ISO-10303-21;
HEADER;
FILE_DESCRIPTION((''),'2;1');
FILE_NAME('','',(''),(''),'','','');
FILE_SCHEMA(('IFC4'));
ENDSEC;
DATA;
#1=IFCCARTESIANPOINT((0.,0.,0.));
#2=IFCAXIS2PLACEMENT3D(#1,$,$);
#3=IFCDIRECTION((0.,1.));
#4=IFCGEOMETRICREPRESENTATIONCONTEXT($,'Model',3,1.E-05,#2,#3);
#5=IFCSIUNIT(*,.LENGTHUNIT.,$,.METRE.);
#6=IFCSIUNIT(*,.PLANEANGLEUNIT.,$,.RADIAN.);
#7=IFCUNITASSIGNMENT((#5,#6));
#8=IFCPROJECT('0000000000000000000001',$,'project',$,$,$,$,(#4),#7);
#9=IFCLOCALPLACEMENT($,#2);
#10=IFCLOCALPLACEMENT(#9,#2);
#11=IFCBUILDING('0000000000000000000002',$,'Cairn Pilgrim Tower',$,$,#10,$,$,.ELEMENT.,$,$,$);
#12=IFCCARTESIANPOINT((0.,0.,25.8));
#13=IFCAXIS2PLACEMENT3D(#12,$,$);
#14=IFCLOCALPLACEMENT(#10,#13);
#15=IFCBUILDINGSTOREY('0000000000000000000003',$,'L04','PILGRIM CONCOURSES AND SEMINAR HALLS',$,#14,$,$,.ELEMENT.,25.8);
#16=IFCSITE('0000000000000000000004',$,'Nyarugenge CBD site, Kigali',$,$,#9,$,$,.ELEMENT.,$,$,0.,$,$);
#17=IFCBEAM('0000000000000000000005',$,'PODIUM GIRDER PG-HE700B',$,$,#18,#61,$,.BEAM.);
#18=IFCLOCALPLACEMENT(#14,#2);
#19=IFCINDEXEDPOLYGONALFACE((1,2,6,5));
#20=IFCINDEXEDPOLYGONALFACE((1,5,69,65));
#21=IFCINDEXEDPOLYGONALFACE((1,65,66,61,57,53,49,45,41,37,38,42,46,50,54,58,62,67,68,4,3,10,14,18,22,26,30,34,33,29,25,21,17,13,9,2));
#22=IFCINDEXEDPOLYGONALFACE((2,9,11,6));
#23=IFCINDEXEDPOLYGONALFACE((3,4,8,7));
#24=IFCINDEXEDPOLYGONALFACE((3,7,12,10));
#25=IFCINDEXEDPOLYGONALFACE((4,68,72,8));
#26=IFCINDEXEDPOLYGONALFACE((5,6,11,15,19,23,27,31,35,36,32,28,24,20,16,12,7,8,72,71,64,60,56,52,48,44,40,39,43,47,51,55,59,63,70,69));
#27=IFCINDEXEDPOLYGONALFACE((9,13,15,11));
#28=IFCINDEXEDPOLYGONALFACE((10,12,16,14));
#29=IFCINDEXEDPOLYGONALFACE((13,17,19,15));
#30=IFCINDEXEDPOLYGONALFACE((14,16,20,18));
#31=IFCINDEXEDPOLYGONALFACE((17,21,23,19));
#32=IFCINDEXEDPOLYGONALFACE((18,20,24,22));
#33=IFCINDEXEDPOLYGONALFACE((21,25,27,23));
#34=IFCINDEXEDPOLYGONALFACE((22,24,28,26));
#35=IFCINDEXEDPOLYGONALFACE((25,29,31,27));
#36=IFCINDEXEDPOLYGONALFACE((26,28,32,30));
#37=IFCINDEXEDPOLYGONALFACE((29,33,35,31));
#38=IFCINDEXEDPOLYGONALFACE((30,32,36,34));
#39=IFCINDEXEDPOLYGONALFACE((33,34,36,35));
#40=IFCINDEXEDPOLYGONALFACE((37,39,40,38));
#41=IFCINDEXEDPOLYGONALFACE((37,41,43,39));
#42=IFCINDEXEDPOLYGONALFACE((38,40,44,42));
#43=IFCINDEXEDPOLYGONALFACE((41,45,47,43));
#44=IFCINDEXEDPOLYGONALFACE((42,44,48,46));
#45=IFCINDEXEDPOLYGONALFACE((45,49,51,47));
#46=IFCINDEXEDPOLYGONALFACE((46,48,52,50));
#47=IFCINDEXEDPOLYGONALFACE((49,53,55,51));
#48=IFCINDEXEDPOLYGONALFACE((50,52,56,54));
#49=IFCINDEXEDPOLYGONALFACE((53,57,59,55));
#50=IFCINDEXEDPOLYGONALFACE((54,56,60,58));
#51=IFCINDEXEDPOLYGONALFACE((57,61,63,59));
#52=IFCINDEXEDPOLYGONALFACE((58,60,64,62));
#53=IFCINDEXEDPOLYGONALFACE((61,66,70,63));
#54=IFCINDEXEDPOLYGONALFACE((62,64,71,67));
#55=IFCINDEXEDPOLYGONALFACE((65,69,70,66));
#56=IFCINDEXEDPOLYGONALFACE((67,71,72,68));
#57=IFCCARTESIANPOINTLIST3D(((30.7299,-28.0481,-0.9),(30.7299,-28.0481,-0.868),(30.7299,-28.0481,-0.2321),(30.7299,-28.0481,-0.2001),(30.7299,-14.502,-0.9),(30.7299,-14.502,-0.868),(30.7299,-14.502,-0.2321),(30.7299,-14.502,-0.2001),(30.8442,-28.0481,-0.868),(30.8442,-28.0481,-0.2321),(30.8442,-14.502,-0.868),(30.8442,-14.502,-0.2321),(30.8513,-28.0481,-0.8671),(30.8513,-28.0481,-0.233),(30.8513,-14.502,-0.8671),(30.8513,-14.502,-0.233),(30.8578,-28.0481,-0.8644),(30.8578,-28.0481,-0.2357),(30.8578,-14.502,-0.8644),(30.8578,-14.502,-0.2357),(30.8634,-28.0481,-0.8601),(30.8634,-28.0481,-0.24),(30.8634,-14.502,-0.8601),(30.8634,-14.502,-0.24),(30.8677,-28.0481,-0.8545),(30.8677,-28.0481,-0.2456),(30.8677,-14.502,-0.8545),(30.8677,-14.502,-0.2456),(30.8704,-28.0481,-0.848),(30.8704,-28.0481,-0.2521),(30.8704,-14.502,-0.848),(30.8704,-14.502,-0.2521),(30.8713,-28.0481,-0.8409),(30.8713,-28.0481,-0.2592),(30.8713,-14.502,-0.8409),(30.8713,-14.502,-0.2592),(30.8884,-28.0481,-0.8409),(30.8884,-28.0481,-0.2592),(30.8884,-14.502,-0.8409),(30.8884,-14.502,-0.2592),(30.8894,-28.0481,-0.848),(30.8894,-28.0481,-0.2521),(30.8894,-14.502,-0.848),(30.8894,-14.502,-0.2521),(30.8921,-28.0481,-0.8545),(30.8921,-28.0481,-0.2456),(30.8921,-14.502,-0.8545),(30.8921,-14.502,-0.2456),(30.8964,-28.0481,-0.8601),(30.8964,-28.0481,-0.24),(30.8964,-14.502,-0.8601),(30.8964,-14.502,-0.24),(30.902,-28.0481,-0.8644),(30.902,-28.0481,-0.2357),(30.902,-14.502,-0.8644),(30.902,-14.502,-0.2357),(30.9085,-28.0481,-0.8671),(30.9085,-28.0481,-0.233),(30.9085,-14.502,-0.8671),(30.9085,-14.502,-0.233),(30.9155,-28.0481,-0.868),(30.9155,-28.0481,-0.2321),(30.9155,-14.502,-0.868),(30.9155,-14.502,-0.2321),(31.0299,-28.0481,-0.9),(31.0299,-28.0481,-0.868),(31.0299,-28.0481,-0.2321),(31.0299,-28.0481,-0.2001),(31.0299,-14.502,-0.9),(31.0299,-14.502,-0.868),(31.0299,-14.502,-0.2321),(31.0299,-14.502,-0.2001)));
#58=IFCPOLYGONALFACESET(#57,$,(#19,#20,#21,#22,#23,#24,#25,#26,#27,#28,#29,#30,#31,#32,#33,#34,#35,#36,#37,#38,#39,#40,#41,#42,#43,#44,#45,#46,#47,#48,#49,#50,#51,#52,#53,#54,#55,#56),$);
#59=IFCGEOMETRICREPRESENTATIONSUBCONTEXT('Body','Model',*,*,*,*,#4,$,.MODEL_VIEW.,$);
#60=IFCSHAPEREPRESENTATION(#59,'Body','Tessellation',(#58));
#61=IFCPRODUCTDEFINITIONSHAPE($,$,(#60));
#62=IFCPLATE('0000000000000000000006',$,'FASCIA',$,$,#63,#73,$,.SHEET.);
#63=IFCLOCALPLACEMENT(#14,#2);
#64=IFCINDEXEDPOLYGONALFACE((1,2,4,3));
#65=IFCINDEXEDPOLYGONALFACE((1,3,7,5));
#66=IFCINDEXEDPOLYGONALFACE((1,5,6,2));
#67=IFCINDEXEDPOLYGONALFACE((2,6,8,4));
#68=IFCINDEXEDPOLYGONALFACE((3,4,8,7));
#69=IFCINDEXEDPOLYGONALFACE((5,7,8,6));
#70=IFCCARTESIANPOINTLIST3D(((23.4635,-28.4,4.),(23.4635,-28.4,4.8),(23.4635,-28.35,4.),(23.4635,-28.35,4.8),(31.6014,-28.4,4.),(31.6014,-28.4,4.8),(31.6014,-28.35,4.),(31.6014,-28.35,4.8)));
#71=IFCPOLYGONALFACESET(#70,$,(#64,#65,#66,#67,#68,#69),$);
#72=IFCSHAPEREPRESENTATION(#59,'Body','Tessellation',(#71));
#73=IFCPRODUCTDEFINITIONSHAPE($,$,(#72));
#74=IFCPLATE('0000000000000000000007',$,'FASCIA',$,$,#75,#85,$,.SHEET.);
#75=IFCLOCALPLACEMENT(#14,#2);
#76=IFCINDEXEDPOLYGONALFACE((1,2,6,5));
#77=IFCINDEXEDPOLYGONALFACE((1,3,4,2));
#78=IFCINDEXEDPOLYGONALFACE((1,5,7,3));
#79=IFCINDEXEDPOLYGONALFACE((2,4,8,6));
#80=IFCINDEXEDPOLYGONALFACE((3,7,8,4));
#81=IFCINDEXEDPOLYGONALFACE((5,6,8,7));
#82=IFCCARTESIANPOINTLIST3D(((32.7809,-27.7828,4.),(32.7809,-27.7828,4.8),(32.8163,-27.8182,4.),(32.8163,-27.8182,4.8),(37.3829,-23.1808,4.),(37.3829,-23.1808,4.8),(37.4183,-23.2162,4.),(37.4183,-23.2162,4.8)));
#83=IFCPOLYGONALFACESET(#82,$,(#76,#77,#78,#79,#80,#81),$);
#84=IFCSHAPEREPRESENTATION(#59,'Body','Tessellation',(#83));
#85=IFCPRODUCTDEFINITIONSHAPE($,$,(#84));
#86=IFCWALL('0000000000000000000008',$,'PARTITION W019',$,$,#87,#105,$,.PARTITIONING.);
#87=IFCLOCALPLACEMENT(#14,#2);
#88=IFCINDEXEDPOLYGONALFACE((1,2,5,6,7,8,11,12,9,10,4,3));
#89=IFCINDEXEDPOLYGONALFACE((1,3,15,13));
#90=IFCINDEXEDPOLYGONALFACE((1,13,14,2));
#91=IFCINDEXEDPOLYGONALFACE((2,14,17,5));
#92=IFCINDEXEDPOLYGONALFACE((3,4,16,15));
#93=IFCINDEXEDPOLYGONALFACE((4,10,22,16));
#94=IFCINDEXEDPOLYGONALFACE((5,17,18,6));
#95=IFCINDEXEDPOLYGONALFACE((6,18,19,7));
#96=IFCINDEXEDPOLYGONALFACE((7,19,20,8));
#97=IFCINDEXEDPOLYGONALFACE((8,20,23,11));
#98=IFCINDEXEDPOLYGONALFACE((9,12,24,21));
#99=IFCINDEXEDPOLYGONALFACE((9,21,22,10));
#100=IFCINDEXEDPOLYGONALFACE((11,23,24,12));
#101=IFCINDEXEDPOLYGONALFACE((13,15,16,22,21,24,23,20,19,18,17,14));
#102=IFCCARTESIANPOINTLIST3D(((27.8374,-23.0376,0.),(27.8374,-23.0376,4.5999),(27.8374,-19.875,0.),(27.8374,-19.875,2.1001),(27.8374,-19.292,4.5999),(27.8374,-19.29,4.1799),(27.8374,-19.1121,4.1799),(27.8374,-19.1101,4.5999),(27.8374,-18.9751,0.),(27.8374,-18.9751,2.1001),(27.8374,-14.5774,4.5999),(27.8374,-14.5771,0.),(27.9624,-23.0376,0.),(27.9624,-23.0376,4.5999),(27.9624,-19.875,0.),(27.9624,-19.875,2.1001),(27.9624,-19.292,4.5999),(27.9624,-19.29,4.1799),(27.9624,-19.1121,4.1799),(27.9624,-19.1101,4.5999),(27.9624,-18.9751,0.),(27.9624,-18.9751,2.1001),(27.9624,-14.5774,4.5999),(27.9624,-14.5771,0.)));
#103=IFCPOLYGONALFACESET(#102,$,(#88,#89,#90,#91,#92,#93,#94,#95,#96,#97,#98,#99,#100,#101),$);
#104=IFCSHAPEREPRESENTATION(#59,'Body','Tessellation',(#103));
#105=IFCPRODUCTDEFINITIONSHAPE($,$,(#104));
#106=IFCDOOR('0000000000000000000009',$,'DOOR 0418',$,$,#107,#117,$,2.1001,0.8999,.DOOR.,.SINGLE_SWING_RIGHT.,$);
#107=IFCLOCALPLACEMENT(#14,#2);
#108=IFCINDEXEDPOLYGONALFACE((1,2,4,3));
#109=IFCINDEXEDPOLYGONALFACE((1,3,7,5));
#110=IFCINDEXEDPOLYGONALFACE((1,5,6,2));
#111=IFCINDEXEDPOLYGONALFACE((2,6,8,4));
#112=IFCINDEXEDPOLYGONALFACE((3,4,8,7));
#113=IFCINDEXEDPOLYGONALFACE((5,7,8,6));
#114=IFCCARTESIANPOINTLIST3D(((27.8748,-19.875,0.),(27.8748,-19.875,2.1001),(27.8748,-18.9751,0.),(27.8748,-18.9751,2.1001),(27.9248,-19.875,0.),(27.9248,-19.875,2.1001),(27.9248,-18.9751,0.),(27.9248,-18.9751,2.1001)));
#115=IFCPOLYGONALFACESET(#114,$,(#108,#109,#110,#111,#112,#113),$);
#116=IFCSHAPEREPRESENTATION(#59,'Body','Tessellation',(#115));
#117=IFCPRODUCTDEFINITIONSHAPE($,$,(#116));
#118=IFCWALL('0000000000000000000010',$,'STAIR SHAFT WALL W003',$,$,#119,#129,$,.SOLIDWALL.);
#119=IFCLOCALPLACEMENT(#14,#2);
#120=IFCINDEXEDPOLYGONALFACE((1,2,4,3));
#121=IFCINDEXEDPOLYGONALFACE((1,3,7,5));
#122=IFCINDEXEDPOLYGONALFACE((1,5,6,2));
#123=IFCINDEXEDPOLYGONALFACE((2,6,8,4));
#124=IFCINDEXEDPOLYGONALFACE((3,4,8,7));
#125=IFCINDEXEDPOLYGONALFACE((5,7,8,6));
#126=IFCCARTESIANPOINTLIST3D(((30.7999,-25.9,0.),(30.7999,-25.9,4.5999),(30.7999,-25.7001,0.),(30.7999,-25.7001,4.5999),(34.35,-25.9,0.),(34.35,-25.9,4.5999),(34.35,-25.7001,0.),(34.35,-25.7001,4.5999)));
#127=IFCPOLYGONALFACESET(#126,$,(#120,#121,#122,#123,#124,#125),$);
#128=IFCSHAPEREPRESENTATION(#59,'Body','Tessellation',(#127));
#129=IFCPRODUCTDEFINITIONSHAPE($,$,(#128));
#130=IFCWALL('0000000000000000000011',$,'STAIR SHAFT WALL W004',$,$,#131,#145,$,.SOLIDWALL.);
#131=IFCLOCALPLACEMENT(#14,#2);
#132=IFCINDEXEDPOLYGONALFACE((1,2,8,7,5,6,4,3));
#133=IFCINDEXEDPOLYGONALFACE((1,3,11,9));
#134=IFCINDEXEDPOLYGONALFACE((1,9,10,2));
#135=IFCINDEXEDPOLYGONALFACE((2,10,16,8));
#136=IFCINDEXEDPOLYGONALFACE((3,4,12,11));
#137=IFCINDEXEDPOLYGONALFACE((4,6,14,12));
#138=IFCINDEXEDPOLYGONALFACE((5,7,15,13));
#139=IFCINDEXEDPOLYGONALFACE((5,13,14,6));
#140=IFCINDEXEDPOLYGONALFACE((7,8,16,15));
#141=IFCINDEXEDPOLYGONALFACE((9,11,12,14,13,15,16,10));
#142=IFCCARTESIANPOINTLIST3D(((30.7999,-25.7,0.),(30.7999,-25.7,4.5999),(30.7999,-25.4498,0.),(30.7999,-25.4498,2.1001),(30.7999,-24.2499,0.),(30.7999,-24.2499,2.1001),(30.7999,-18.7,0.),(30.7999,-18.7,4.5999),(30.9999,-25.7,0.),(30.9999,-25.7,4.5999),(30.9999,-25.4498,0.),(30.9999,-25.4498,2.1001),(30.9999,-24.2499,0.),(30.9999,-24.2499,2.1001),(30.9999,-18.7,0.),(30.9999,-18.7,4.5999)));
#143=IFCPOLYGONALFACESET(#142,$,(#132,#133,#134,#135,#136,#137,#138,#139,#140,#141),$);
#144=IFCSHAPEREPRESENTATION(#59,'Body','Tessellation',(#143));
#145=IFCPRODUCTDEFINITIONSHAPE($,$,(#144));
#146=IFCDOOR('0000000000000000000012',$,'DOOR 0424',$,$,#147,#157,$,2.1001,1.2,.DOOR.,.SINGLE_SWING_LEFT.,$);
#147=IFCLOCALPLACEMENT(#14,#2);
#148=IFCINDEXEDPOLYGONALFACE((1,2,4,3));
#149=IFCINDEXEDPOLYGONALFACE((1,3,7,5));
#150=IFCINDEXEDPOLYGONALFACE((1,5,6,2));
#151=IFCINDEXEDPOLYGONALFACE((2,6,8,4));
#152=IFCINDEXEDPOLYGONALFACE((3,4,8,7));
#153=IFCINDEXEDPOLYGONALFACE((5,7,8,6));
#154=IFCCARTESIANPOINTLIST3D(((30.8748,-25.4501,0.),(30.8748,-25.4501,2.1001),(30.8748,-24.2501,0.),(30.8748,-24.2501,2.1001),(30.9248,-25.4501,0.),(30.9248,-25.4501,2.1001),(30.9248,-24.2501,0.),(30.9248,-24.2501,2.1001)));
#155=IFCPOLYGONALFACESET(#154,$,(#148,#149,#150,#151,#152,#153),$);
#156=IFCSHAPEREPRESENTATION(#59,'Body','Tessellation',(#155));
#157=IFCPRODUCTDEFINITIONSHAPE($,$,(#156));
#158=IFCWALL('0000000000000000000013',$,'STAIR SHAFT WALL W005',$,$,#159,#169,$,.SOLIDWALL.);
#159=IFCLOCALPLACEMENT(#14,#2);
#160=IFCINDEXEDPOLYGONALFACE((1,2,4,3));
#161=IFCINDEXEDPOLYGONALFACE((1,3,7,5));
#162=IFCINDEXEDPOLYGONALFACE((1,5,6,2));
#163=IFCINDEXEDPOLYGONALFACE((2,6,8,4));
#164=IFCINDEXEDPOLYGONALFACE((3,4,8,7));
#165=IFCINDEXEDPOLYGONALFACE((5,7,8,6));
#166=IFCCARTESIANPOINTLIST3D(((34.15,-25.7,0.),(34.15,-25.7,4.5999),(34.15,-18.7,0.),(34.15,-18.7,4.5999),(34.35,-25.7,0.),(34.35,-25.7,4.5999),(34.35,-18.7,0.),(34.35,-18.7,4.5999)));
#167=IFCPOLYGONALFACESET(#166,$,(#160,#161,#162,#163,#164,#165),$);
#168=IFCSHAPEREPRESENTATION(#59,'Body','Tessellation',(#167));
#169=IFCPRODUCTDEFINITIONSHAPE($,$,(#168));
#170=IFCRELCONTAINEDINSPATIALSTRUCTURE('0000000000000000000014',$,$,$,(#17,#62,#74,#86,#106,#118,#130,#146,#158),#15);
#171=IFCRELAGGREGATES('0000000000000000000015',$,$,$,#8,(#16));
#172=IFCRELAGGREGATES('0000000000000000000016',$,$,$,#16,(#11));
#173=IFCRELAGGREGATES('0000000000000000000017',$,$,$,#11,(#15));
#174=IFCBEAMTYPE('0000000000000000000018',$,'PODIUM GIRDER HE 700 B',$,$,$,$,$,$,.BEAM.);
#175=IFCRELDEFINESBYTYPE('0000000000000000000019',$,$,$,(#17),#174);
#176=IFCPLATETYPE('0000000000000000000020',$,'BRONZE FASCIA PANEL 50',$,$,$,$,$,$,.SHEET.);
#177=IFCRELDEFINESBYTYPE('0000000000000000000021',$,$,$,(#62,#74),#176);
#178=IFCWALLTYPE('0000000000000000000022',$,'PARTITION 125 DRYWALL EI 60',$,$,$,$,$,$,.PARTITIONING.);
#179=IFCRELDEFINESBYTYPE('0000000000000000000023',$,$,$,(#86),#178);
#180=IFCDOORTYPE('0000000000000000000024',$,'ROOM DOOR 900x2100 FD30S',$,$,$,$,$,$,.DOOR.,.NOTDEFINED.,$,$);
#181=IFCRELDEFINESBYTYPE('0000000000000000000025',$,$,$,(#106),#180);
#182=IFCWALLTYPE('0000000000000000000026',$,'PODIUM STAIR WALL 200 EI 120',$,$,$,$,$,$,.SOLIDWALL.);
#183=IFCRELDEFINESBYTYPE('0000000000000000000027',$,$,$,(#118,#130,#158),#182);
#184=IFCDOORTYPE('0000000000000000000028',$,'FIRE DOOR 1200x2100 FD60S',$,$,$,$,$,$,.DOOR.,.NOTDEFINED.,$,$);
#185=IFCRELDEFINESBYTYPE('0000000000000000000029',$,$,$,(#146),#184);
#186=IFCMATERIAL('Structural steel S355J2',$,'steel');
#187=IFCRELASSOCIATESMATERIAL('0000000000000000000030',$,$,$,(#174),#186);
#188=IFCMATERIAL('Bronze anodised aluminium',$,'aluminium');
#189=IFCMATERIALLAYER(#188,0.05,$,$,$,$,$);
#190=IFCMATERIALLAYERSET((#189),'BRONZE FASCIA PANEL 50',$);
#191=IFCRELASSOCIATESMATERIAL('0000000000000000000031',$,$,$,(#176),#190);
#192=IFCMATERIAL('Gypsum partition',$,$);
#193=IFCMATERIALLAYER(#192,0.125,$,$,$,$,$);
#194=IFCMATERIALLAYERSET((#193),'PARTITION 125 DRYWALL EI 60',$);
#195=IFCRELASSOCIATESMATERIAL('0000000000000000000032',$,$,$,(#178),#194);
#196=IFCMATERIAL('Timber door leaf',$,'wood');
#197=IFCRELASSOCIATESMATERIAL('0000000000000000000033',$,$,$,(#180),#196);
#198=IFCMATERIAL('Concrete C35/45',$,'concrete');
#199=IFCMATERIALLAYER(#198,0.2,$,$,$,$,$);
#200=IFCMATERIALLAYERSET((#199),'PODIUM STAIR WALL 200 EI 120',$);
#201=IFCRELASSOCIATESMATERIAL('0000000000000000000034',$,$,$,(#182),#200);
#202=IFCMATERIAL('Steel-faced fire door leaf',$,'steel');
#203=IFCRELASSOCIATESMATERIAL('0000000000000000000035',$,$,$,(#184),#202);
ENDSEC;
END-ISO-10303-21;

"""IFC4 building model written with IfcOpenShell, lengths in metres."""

from ifc_helpers import new_model, si_unit, direction, frame, frame_2d, origin, origin_2d, place, context, subcontext, project, spatial, polyline, rectangle, i_section, outline, extrude, material, layer, layer_set, material_profile, profile_set, type_object, element, fill, save


model = new_model("IFC4")

# Units and contexts
model_context = context("Model", 3, precision=1e-05, world=origin(), true_north=direction((0.0, 1.0)))
body_context = subcontext(model_context, "Body", "Model", "MODEL_VIEW")
ifc_project = project(units=[si_unit("LENGTHUNIT", "METRE"), si_unit("PLANEANGLEUNIT", "RADIAN")], contexts=[model_context])

# Site, building, storey
site_placement = place(None, origin())
site = spatial("IfcSite", under=ifc_project, at=site_placement, Name="Nyarugenge CBD site, Kigali", CompositionType="ELEMENT", RefElevation=0.0)
building_placement = place(site_placement, origin())
building = spatial("IfcBuilding", under=site, at=building_placement, Name="Cairn Pilgrim Tower", CompositionType="ELEMENT")
storey_placement = place(building_placement, frame((0.0, 0.0, 25.8)))
storey = spatial("IfcBuildingStorey", under=building, at=storey_placement, Name="L04", Description="PILGRIM CONCOURSES AND SEMINAR HALLS", CompositionType="ELEMENT", Elevation=25.8)

# Beam
ifc_material_1 = material(Name="Structural steel S355J2", Category="steel")
ifc_material_profile_1 = material_profile(ifc_material_1, i_section(OverallWidth=0.3, OverallDepth=0.7, WebThickness=0.0171, FlangeThickness=0.032, FilletRadius=0.0271, at=origin_2d()), Name="HEB 700")
ifc_profile_set_1 = profile_set([ifc_material_profile_1], Name="Structural steel S355J2")
beam_type_1 = type_object("IfcBeamType", Name="PODIUM GIRDER HE 700 B", PredefinedType="BEAM", material=ifc_profile_set_1)
beam_1_placement = place(storey_placement, frame((30.8799, -28.0481, -0.55), z_axis=(0.0, 1.0, 0.0), x_axis=(-1.0, 0.0, 0.0)))
element("IfcBeam", 1, at=beam_1_placement, inside=storey, type_object=beam_type_1, Name="PODIUM GIRDER PG-HE700B", PredefinedType="BEAM", context=body_context, shape_type="SweptSolid", body=[
    extrude(i_section(OverallWidth=0.3, OverallDepth=0.7, WebThickness=0.0171, FlangeThickness=0.032, FilletRadius=0.0271, at=origin_2d()), origin(), (0.0, 0.0, 1.0), 13.5461),
])

# Plates
ifc_material_2 = material(Name="Bronze anodised aluminium", Category="aluminium")
ifc_layer_1 = layer(ifc_material_2, 0.05)
ifc_layer_set_1 = layer_set([ifc_layer_1], Name="BRONZE FASCIA PANEL 50")
plate_type = type_object("IfcPlateType", Name="BRONZE FASCIA PANEL 50", PredefinedType="SHEET", material=ifc_layer_set_1)
plate_1_placement = place(storey_placement, frame((27.5325, -28.375, 4.0), z_axis=(0.0, 0.0, 1.0), x_axis=(1.0, 0.0, 0.0)))
element("IfcPlate", 2, at=plate_1_placement, inside=storey, type_object=plate_type, Name="FASCIA", PredefinedType="SHEET", context=body_context, shape_type="SweptSolid", body=[
    extrude(rectangle(XDim=8.1379, YDim=0.05, at=origin_2d()), origin(), (0.0, 0.0, 1.0), 0.8),
])
plate_2_placement = place(storey_placement, frame((35.0996, -25.4995, 4.0), z_axis=(0.0, 0.0, 1.0), x_axis=(0.707107, 0.707107, 0.0)))
element("IfcPlate", 3, at=plate_2_placement, inside=storey, type_object=plate_type, Name="FASCIA", PredefinedType="SHEET", context=body_context, shape_type="SweptSolid", body=[
    extrude(rectangle(XDim=6.5083, YDim=0.05, at=origin_2d()), origin(), (0.0, 0.0, 1.0), 0.8),
])

# Wall, opening, door
ifc_material_3 = material(Name="Gypsum partition")
ifc_layer_2 = layer(ifc_material_3, 0.125)
ifc_layer_set_2 = layer_set([ifc_layer_2], Name="PARTITION 125 DRYWALL EI 60")
wall_type_1 = type_object("IfcWallType", Name="PARTITION 125 DRYWALL EI 60", PredefinedType="PARTITIONING", material=ifc_layer_set_2)
wall_1_placement = place(storey_placement, frame((27.8999, -23.0376, 0.0), z_axis=(0.0, 0.0, 1.0), x_axis=(0.0, 1.0, 0.0)))
wall_1 = element("IfcWall", 4, at=wall_1_placement, inside=storey, type_object=wall_type_1, Name="PARTITION W019", PredefinedType="PARTITIONING", context=body_context, shape_type="SweptSolid", body=[
    extrude(outline(polyline([(0.0, 0.0), (8.4604, 0.0), (8.4602, 4.5999), (3.9275, 4.5999), (3.9255, 4.1799), (3.7476, 4.1799), (3.7456, 4.5999), (0.0, 4.5999), (0.0, 0.0)])), frame((0.0, 0.0625, 0.0), z_axis=(0.0, -1.0, 0.0), x_axis=(1.0, 0.0, 0.0)), (0.0, 0.0, 1.0), 0.125),
])
opening_1_placement = place(wall_1_placement, frame((3.1626, 0.0, 0.0)))
opening_1 = element("IfcOpeningElement", 5, at=opening_1_placement, cuts=wall_1, PredefinedType="OPENING", context=body_context, shape_type="SweptSolid", body=[
    extrude(rectangle(XDim=0.8999, YDim=2.1001, at=frame_2d((0.45, 1.05))), frame((0.0, 0.0725, 0.0), z_axis=(0.0, -1.0, 0.0), x_axis=(1.0, 0.0, 0.0)), (0.0, 0.0, 1.0), 0.145),
])
ifc_material_4 = material(Name="Timber door leaf", Category="wood")
door_type_1 = type_object("IfcDoorType", Name="ROOM DOOR 900x2100 FD30S", OperationType="NOTDEFINED", PredefinedType="DOOR", material=ifc_material_4)
door_1_placement = place(opening_1_placement, frame((0.8999, 0.0, 0.0), z_axis=(0.0, 0.0, 1.0), x_axis=(-1.0, 0.0, 0.0)))
door_1 = element("IfcDoor", 6, at=door_1_placement, inside=storey, type_object=door_type_1, Name="DOOR 0418", OperationType="SINGLE_SWING_RIGHT", OverallHeight=2.1001, OverallWidth=0.8999, PredefinedType="DOOR", context=body_context, shape_type="SweptSolid", body=[
    extrude(rectangle(XDim=0.8999, YDim=2.1001, at=frame_2d((0.45, 1.05))), frame((0.0, 0.0249, 0.0), z_axis=(0.0, -1.0, 0.0), x_axis=(1.0, 0.0, 0.0)), (0.0, 0.0, 1.0), 0.05),
])
fill(opening_1, door_1)

# Wall
ifc_material_5 = material(Name="Concrete C35/45", Category="concrete")
ifc_layer_3 = layer(ifc_material_5, 0.2)
ifc_layer_set_3 = layer_set([ifc_layer_3], Name="PODIUM STAIR WALL 200 EI 120")
wall_type_2 = type_object("IfcWallType", Name="PODIUM STAIR WALL 200 EI 120", PredefinedType="SOLIDWALL", material=ifc_layer_set_3)
wall_2_placement = place(storey_placement, frame((30.8, -25.8, 0.0), z_axis=(0.0, 0.0, 1.0), x_axis=(1.0, 0.0, 0.0)))
element("IfcWall", 7, at=wall_2_placement, inside=storey, type_object=wall_type_2, Name="STAIR SHAFT WALL W003", PredefinedType="SOLIDWALL", context=body_context, shape_type="SweptSolid", body=[
    extrude(rectangle(XDim=3.55, YDim=0.2, at=frame_2d((1.7749, 0.0))), origin(), (0.0, 0.0, 1.0), 4.5999),
])

# Wall, opening, door
wall_3_placement = place(storey_placement, frame((30.8999, -25.7, 0.0), z_axis=(0.0, 0.0, 1.0), x_axis=(0.0, 1.0, 0.0)))
wall_3 = element("IfcWall", 8, at=wall_3_placement, inside=storey, type_object=wall_type_2, Name="STAIR SHAFT WALL W004", PredefinedType="SOLIDWALL", context=body_context, shape_type="SweptSolid", body=[
    extrude(rectangle(XDim=7.0, YDim=0.2, at=frame_2d((3.5, 0.0))), origin(), (0.0, 0.0, 1.0), 4.5999),
])
opening_2_placement = place(wall_3_placement, frame((0.25, 0.0, 0.0)))
opening_2 = element("IfcOpeningElement", 9, at=opening_2_placement, cuts=wall_3, PredefinedType="OPENING", context=body_context, shape_type="SweptSolid", body=[
    extrude(rectangle(XDim=1.2, YDim=2.1001, at=frame_2d((0.6001, 1.05))), frame((0.0, 0.1099, 0.0), z_axis=(0.0, -1.0, 0.0), x_axis=(1.0, 0.0, 0.0)), (0.0, 0.0, 1.0), 0.22),
])
ifc_material_6 = material(Name="Steel-faced fire door leaf", Category="steel")
door_type_2 = type_object("IfcDoorType", Name="FIRE DOOR 1200x2100 FD60S", OperationType="NOTDEFINED", PredefinedType="DOOR", material=ifc_material_6)
door_2_placement = place(opening_2_placement, frame((1.2, 0.0, 0.0), z_axis=(0.0, 0.0, 1.0), x_axis=(-1.0, 0.0, 0.0)))
door_2 = element("IfcDoor", 10, at=door_2_placement, inside=storey, type_object=door_type_2, Name="DOOR 0424", OperationType="SINGLE_SWING_LEFT", OverallHeight=2.1001, OverallWidth=1.2, PredefinedType="DOOR", context=body_context, shape_type="SweptSolid", body=[
    extrude(rectangle(XDim=1.2, YDim=2.1001, at=frame_2d((0.6001, 1.05))), frame((0.0, 0.0249, 0.0), z_axis=(0.0, -1.0, 0.0), x_axis=(1.0, 0.0, 0.0)), (0.0, 0.0, 1.0), 0.05),
])
fill(opening_2, door_2)

# Wall
wall_4_placement = place(storey_placement, frame((34.25, -25.7, 0.0), z_axis=(0.0, 0.0, 1.0), x_axis=(0.0, 1.0, 0.0)))
element("IfcWall", 11, at=wall_4_placement, inside=storey, type_object=wall_type_2, Name="STAIR SHAFT WALL W005", PredefinedType="SOLIDWALL", context=body_context, shape_type="SweptSolid", body=[
    extrude(rectangle(XDim=7.0, YDim=0.2, at=frame_2d((3.5, 0.0))), origin(), (0.0, 0.0, 1.0), 4.5999),
])

save(model, "model.ifc")
